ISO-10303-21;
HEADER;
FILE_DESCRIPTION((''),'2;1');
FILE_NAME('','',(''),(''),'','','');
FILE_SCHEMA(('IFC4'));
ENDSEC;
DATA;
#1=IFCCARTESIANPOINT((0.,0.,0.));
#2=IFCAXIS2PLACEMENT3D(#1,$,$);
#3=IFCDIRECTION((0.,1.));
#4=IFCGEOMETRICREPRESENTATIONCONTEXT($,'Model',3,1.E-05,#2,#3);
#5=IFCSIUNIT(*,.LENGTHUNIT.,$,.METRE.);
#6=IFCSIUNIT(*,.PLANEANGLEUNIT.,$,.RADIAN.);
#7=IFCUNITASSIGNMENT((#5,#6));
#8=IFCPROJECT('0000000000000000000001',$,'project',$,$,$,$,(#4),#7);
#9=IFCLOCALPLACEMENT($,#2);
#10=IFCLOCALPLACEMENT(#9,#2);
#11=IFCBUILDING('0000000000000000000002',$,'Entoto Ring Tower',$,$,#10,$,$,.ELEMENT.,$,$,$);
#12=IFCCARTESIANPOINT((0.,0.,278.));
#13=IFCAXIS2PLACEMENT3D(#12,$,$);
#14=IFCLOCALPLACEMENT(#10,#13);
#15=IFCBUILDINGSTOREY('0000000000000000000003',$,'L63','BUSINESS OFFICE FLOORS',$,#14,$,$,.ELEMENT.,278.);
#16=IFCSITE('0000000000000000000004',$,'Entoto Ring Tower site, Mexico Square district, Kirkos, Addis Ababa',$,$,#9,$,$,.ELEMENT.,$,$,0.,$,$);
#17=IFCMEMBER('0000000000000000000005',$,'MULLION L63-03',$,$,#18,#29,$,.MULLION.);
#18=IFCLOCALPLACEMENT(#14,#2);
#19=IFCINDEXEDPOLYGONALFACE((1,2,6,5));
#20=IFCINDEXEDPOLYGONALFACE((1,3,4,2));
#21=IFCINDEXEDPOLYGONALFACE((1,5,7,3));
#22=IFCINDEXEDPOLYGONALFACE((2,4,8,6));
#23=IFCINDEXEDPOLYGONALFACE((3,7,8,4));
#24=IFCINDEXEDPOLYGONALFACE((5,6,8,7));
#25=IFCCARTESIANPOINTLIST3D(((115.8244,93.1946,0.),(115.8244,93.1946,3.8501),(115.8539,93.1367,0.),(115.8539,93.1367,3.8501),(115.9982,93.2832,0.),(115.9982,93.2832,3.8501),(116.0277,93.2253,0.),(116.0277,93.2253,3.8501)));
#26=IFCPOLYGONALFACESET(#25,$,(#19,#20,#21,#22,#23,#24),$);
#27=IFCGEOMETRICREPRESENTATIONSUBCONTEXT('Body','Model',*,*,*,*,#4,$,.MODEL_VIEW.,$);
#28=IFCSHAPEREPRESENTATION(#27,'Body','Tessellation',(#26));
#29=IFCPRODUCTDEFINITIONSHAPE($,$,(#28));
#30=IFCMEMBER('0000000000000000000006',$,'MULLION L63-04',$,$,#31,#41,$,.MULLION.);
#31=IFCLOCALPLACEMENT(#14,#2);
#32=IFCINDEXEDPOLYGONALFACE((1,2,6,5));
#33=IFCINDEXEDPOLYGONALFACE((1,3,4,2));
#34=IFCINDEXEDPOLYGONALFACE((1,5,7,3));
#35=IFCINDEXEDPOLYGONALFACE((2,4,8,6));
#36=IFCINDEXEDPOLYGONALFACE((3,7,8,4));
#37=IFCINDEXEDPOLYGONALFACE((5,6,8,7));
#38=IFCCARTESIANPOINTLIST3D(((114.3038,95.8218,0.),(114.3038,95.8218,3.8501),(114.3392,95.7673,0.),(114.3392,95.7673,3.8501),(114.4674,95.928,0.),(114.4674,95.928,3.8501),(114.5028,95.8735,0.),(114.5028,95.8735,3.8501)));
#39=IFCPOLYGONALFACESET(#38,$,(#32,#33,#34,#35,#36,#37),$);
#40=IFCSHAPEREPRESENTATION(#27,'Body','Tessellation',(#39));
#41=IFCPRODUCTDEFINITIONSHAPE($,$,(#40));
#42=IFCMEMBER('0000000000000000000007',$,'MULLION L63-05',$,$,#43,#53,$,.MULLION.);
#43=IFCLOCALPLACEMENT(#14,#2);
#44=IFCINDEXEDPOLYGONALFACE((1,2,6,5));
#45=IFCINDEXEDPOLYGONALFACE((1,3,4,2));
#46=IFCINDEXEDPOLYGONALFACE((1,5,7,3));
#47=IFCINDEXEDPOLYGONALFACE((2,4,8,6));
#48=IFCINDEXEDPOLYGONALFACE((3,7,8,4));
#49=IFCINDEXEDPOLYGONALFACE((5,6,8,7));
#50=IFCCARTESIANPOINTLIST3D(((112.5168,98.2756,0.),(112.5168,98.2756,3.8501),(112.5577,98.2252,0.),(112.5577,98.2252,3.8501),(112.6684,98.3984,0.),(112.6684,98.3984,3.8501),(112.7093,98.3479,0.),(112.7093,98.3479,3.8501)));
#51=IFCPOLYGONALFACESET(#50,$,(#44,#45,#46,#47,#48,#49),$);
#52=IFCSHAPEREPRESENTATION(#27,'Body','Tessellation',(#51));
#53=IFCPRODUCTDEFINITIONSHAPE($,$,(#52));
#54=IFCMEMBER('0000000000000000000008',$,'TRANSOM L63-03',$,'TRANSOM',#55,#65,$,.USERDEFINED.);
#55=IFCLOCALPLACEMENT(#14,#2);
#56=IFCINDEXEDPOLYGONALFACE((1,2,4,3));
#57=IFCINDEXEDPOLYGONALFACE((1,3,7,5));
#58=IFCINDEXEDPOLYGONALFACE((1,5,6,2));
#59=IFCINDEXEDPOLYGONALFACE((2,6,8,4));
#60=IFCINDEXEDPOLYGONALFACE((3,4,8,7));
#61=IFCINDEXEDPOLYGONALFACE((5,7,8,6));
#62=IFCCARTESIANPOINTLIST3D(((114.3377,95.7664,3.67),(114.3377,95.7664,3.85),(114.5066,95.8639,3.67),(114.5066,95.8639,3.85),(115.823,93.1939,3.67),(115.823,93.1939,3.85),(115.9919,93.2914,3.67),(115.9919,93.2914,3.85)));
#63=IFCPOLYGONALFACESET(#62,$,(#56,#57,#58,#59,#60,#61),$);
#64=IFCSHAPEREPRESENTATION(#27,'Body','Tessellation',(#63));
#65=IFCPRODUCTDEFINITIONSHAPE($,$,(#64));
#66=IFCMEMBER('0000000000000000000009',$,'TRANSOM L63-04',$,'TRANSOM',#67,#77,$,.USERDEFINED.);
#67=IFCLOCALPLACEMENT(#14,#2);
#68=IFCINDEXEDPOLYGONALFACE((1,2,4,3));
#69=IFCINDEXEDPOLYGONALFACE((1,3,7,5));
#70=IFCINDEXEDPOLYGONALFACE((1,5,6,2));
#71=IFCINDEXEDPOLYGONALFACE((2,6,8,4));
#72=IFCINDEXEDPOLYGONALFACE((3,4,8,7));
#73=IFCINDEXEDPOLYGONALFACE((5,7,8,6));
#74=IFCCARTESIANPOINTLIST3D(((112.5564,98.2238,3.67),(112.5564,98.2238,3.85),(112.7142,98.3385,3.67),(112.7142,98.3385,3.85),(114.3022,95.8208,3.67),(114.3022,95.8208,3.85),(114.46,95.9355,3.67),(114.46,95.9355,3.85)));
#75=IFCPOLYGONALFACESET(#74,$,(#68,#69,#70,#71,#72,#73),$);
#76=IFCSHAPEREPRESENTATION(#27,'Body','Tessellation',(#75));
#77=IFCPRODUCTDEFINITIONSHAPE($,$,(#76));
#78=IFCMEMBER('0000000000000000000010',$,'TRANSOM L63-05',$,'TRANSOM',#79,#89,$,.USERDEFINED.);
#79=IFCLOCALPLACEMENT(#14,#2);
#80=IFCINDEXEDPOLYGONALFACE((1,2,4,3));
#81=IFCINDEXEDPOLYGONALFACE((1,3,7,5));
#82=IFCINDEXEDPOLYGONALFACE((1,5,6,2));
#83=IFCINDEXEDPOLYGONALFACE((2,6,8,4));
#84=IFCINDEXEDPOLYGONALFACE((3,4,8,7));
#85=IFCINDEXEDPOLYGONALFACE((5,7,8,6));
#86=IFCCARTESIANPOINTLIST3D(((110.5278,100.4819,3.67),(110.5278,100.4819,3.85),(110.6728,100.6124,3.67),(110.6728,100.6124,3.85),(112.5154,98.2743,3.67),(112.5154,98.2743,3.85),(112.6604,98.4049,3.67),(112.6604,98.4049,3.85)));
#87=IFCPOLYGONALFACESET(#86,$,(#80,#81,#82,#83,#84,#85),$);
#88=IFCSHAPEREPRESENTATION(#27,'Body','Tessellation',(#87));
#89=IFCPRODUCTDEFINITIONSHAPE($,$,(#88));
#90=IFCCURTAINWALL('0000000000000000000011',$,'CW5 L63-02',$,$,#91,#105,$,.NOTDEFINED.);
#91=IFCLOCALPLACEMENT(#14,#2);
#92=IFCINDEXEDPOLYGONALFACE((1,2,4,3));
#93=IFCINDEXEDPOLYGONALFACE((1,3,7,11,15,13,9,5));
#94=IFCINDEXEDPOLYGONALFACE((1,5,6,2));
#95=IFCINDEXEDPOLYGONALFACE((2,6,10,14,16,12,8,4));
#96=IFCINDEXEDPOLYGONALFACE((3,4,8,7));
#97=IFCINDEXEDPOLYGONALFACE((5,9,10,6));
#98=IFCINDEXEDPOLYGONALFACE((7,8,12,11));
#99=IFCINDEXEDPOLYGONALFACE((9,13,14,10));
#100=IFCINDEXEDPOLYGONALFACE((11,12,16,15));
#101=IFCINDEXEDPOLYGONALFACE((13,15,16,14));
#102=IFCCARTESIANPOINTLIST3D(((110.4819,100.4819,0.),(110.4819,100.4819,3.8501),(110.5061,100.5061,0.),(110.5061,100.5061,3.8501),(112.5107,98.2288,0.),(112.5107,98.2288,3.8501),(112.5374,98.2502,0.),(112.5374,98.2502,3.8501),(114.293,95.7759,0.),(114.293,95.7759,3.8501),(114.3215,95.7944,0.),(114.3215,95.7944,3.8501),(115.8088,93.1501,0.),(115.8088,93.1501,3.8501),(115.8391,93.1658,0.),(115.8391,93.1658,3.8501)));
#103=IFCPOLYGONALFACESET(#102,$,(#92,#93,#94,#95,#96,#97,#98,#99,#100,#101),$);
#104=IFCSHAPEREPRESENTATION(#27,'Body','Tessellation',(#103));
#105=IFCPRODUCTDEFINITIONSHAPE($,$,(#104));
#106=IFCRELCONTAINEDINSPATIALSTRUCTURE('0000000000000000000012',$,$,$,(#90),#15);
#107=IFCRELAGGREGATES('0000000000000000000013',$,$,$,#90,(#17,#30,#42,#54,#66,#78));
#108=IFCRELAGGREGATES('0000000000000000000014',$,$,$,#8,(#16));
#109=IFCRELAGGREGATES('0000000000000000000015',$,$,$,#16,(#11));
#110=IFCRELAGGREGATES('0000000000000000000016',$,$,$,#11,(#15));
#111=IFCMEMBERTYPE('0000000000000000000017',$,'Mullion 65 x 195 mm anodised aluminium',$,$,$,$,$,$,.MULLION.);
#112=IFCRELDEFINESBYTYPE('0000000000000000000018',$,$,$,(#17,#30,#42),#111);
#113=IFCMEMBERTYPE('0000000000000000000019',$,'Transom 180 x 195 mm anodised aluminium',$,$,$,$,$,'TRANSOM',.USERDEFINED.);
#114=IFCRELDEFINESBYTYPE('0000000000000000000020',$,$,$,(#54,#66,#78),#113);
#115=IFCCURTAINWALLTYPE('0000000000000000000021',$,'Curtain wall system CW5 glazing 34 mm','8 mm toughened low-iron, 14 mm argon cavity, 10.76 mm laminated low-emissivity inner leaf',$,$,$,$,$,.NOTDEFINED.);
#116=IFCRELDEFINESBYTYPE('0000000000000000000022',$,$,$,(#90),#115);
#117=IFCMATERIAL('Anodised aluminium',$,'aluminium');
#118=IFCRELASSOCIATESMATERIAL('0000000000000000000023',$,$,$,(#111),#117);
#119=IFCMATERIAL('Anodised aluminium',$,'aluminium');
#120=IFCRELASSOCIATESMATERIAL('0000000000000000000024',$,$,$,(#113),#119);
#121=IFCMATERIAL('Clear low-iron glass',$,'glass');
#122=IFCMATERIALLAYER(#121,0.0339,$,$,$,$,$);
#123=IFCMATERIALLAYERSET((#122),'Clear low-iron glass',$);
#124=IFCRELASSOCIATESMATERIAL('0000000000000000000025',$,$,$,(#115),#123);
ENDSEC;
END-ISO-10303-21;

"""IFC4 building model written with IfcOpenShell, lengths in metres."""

from ifc_helpers import new_model, si_unit, direction, frame, origin, origin_2d, place, context, subcontext, project, spatial, polyline, rectangle, outline, extrude, material, layer, layer_set, material_profile, profile_set, type_object, element, aggregate, save


model = new_model("IFC4")

# Units and contexts
model_context = context("Model", 3, precision=1e-05, world=origin(), true_north=direction((0.0, 1.0)))
body_context = subcontext(model_context, "Body", "Model", "MODEL_VIEW")
ifc_project = project(units=[si_unit("LENGTHUNIT", "METRE"), si_unit("PLANEANGLEUNIT", "RADIAN")], contexts=[model_context])

# Members
ifc_material_1 = material(Name="Anodised aluminium", Category="aluminium")
ifc_material_profile_1 = material_profile(ifc_material_1, rectangle(XDim=0.0649, YDim=0.1951, at=origin_2d()), Name="Mullion 65 x 195 mm anodised aluminium")
ifc_profile_set_1 = profile_set([ifc_material_profile_1], Name="Anodised aluminium")
member_type_1 = type_object("IfcMemberType", Name="Mullion 65 x 195 mm anodised aluminium", PredefinedType="MULLION", material=ifc_profile_set_1)
site_placement = place(None, origin())
building_placement = place(site_placement, origin())
storey_placement = place(building_placement, frame((0.0, 0.0, 278.0)))
member_1_placement = place(storey_placement, frame((115.926, 93.21, 0.0), z_axis=(0.0, 0.0, 1.0), x_axis=(-0.45399, 0.891007, 0.0)))
member_1 = element("IfcMember", 1, at=member_1_placement, type_object=member_type_1, Name="MULLION L63-03", PredefinedType="MULLION", context=body_context, shape_type="SweptSolid", body=[
    extrude(rectangle(XDim=0.0649, YDim=0.1951, at=origin_2d()), origin(), (0.0, 0.0, 1.0), 3.8501),
])
member_2_placement = place(storey_placement, frame((114.4033, 95.8477, 0.0), z_axis=(0.0, 0.0, 1.0), x_axis=(-0.544639, 0.838671, 0.0)))
member_2 = element("IfcMember", 2, at=member_2_placement, type_object=member_type_1, Name="MULLION L63-04", PredefinedType="MULLION", context=body_context, shape_type="SweptSolid", body=[
    extrude(rectangle(XDim=0.0649, YDim=0.1951, at=origin_2d()), origin(), (0.0, 0.0, 1.0), 3.8501),
])
member_3_placement = place(storey_placement, frame((112.613, 98.3118, 0.0), z_axis=(0.0, 0.0, 1.0), x_axis=(-0.62932, 0.777146, 0.0)))
member_3 = element("IfcMember", 3, at=member_3_placement, type_object=member_type_1, Name="MULLION L63-05", PredefinedType="MULLION", context=body_context, shape_type="SweptSolid", body=[
    extrude(rectangle(XDim=0.0649, YDim=0.1951, at=origin_2d()), origin(), (0.0, 0.0, 1.0), 3.8501),
])
ifc_material_2 = material(Name="Anodised aluminium", Category="aluminium")
ifc_material_profile_2 = material_profile(ifc_material_2, rectangle(XDim=0.1951, YDim=0.1799, at=origin_2d()), Name="Transom 180 x 195 mm anodised aluminium")
ifc_profile_set_2 = profile_set([ifc_material_profile_2], Name="Anodised aluminium")
member_type_2 = type_object("IfcMemberType", Name="Transom 180 x 195 mm anodised aluminium", ElementType="TRANSOM", PredefinedType="USERDEFINED", material=ifc_profile_set_2)
member_4_placement = place(storey_placement, frame((115.9075, 93.2427, 3.76), z_axis=(-0.500028, 0.866009, 0.0), x_axis=(-0.866009, -0.500028, 0.0)))
member_4 = element("IfcMember", 4, at=member_4_placement, type_object=member_type_2, Name="TRANSOM L63-03", ObjectType="TRANSOM", PredefinedType="USERDEFINED", context=body_context, shape_type="SweptSolid", body=[
    extrude(rectangle(XDim=0.1951, YDim=0.1799, at=origin_2d()), origin(), (0.0, 0.0, 1.0), 2.9705),
])
member_5_placement = place(storey_placement, frame((114.3811, 95.8782, 3.76), z_axis=(-0.587766, 0.809031, 0.0), x_axis=(-0.809031, -0.587766, 0.0)))
member_5 = element("IfcMember", 5, at=member_5_placement, type_object=member_type_2, Name="TRANSOM L63-04", ObjectType="TRANSOM", PredefinedType="USERDEFINED", context=body_context, shape_type="SweptSolid", body=[
    extrude(rectangle(XDim=0.1951, YDim=0.1799, at=origin_2d()), origin(), (0.0, 0.0, 1.0), 2.9702),
])
member_6_placement = place(storey_placement, frame((112.5879, 98.3396, 3.76), z_axis=(-0.66911, 0.743163, 0.0), x_axis=(-0.743163, -0.66911, 0.0)))
member_6 = element("IfcMember", 6, at=member_6_placement, type_object=member_type_2, Name="TRANSOM L63-05", ObjectType="TRANSOM", PredefinedType="USERDEFINED", context=body_context, shape_type="SweptSolid", body=[
    extrude(rectangle(XDim=0.1951, YDim=0.1799, at=origin_2d()), origin(), (0.0, 0.0, 1.0), 2.9705),
])

# Site, building, storey
site = spatial("IfcSite", under=ifc_project, at=site_placement, Name="Entoto Ring Tower site, Mexico Square district, Kirkos, Addis Ababa", CompositionType="ELEMENT", RefElevation=0.0)
building = spatial("IfcBuilding", under=site, at=building_placement, Name="Entoto Ring Tower", CompositionType="ELEMENT")
storey = spatial("IfcBuildingStorey", under=building, at=storey_placement, Name="L63", Description="BUSINESS OFFICE FLOORS", CompositionType="ELEMENT", Elevation=278.0)

# Curtain wall
ifc_material_3 = material(Name="Clear low-iron glass", Category="glass")
ifc_layer_1 = layer(ifc_material_3, 0.0339)
ifc_layer_set_1 = layer_set([ifc_layer_1], Name="Clear low-iron glass")
curtain_wall_type = type_object("IfcCurtainWallType", Name="Curtain wall system CW5 glazing 34 mm", Description="8 mm toughened low-iron, 14 mm argon cavity, 10.76 mm laminated low-emissivity inner leaf", PredefinedType="NOTDEFINED", material=ifc_layer_set_1)
curtain_wall_1_placement = place(storey_placement, origin())
curtain_wall_1 = element("IfcCurtainWall", 7, at=curtain_wall_1_placement, inside=storey, type_object=curtain_wall_type, Name="CW5 L63-02", PredefinedType="NOTDEFINED", context=body_context, shape_type="SweptSolid", body=[
    extrude(outline(polyline([(115.8391, 93.1658), (114.3215, 95.7944), (112.5374, 98.2502), (110.5061, 100.5061), (110.4819, 100.4819), (112.5107, 98.2288), (114.293, 95.7759), (115.8088, 93.1501), (115.8391, 93.1658)])), origin(), (0.0, 0.0, 1.0), 3.8501),
])
aggregate(curtain_wall_1, [member_1, member_2, member_3, member_4, member_5, member_6])

save(model, "model.ifc")
